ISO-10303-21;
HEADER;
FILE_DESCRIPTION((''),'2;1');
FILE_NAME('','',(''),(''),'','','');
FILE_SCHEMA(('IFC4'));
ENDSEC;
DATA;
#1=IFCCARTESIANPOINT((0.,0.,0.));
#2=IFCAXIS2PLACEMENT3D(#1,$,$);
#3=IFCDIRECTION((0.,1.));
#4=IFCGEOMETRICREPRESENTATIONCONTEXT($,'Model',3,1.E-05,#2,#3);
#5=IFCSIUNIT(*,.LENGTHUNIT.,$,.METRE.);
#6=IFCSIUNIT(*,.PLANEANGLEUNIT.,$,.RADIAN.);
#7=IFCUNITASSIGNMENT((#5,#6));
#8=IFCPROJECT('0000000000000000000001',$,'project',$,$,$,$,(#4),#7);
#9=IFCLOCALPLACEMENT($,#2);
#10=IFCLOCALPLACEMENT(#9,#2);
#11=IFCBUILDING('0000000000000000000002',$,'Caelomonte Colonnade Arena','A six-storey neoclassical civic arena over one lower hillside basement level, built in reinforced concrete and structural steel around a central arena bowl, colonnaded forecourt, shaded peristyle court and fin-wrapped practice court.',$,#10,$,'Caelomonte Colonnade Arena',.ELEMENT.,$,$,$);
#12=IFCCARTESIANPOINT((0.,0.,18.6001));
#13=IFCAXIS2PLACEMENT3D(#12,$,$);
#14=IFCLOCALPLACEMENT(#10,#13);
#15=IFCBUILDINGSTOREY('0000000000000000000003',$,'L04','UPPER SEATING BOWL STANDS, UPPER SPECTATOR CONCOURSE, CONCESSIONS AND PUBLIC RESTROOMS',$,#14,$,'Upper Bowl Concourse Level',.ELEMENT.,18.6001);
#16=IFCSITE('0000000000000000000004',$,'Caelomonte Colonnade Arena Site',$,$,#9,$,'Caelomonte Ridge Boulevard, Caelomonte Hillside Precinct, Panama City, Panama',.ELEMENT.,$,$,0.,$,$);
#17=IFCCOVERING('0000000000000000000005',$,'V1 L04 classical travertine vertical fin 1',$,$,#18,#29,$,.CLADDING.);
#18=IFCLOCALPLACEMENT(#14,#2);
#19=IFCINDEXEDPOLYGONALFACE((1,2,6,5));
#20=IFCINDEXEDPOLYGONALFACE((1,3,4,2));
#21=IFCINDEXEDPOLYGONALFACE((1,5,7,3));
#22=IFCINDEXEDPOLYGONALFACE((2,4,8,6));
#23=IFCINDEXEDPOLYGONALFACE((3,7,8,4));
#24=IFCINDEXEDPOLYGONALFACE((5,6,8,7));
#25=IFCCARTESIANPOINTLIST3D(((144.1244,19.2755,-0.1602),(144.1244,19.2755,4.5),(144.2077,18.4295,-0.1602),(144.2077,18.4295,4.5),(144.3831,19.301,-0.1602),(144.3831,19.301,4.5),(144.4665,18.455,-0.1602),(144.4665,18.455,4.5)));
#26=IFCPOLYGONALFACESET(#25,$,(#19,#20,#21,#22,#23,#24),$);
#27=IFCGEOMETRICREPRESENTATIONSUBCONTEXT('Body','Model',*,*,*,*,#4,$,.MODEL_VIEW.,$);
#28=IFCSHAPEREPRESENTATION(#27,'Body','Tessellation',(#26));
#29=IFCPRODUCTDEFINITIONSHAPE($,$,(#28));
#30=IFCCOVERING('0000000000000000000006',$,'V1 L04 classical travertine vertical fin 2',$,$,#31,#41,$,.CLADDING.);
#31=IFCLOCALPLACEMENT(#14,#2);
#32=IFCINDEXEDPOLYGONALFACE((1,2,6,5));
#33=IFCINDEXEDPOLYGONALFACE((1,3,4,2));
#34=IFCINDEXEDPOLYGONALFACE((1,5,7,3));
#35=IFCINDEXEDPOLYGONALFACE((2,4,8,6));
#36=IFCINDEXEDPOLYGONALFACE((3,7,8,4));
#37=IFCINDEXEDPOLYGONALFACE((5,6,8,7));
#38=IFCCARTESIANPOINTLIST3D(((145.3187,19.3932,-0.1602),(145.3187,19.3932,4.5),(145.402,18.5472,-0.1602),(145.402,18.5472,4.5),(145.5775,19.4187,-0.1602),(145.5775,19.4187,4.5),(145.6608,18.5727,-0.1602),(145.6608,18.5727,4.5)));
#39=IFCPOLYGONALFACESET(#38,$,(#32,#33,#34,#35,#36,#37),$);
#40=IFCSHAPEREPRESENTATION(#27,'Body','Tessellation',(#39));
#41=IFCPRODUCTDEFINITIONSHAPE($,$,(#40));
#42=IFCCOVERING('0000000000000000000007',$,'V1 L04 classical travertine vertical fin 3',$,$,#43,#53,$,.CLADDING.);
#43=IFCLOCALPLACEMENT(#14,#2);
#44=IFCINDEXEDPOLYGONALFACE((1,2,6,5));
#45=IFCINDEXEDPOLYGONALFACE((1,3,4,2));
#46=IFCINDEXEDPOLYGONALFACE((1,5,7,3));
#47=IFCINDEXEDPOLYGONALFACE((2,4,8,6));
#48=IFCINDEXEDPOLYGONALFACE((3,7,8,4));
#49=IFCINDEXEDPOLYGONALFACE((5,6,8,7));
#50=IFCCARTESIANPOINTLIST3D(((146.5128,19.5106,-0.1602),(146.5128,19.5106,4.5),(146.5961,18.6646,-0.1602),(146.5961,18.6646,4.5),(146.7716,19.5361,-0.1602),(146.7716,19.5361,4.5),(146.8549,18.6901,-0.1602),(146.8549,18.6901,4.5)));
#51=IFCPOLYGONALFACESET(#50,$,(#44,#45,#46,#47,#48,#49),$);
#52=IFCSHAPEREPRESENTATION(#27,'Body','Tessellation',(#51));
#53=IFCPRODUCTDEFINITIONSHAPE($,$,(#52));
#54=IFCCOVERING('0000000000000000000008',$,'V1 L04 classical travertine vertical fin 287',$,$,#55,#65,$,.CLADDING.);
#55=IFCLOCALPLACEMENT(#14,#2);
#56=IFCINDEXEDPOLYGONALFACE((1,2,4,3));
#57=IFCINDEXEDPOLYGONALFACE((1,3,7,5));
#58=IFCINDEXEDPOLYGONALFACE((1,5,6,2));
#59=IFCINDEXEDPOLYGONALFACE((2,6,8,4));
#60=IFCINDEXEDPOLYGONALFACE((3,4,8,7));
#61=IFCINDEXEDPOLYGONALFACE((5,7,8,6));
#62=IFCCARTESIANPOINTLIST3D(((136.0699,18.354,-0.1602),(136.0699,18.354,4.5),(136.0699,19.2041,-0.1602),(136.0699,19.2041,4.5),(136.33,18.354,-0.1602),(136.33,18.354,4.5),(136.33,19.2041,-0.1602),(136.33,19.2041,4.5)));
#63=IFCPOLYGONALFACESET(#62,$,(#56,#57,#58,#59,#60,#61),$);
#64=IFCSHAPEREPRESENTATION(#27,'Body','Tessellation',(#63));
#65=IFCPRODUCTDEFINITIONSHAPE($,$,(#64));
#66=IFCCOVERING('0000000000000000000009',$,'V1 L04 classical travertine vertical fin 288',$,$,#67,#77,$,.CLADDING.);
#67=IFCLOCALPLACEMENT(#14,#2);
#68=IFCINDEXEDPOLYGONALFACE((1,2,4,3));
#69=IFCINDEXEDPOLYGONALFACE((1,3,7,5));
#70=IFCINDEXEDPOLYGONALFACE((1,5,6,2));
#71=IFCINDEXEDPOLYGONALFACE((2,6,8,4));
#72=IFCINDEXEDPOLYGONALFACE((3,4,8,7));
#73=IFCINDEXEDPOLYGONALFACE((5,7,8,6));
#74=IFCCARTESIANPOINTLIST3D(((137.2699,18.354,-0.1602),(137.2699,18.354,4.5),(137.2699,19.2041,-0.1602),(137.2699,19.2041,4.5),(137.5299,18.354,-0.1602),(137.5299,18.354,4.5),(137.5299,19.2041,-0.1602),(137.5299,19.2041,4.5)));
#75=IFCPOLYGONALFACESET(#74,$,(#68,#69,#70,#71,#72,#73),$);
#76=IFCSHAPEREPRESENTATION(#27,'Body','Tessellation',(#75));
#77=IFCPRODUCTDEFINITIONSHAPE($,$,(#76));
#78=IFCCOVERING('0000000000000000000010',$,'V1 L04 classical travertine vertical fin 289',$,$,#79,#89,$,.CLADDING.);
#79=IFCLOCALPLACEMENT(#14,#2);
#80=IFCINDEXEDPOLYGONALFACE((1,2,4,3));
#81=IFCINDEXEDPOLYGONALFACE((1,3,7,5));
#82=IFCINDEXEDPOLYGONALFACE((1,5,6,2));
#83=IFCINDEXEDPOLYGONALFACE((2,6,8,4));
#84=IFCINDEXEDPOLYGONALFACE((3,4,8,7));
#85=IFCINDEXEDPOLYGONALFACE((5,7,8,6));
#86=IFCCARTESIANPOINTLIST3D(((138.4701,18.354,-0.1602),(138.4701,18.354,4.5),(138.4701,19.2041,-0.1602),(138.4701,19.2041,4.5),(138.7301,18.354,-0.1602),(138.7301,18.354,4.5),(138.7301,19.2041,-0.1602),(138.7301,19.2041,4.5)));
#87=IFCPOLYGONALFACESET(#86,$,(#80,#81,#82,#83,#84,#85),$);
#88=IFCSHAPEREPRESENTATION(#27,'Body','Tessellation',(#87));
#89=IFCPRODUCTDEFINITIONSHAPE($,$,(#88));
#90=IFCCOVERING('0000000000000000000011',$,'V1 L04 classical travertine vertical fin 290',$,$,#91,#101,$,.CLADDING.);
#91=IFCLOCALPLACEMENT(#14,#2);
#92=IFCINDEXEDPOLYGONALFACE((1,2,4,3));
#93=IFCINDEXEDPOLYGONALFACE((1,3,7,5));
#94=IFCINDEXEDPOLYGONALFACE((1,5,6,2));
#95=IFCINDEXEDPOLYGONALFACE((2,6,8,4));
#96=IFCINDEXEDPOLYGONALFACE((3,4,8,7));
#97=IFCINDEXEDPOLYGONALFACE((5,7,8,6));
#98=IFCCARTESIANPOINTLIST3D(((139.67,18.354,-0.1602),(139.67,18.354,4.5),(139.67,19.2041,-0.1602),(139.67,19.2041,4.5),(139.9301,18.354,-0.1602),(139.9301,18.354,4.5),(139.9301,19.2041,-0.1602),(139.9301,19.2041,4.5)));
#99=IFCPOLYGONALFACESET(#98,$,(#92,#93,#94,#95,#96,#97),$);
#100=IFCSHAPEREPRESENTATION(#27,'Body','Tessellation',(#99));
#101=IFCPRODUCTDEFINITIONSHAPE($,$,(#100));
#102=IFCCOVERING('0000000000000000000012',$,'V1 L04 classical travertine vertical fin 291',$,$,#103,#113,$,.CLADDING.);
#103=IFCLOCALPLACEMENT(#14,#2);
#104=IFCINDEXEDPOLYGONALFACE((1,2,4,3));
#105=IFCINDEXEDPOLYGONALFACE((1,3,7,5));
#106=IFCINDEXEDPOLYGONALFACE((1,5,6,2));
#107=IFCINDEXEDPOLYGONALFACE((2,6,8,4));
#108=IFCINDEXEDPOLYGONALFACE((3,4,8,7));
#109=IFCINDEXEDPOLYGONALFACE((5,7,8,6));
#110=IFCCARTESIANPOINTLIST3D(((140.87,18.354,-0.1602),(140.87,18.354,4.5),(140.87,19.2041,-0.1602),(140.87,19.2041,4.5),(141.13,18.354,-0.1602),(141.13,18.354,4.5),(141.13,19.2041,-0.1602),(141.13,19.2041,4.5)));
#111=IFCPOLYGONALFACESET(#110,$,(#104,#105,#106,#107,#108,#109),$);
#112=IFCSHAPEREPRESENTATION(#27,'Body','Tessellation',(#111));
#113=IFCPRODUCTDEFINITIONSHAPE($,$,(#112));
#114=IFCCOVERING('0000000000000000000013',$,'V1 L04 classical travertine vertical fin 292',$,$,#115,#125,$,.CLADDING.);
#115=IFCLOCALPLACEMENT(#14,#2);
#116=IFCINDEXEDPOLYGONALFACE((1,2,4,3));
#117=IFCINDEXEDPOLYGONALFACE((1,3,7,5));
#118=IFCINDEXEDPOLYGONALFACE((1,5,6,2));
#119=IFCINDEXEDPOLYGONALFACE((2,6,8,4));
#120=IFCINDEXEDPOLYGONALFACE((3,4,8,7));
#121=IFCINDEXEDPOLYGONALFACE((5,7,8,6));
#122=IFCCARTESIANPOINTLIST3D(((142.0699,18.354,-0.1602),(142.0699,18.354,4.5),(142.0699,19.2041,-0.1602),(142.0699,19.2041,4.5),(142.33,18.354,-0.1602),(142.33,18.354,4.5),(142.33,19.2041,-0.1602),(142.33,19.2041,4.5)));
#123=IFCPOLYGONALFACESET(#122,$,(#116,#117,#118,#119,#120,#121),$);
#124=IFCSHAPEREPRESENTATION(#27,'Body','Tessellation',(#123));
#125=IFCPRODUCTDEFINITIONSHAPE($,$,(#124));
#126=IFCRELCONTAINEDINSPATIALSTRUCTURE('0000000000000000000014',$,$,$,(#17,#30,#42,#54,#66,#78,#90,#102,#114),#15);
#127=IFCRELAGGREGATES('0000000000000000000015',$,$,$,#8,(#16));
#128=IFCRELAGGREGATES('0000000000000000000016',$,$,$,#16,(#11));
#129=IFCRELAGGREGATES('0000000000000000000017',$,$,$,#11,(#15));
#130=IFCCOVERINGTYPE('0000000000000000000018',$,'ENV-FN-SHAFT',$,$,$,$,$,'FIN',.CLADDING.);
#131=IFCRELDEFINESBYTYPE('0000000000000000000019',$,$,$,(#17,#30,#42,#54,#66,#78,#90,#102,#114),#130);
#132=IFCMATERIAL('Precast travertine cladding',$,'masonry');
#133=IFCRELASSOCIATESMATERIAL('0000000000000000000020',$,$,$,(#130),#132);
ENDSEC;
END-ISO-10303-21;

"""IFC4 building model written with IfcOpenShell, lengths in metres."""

from ifc_helpers import new_model, si_unit, direction, frame, origin, origin_2d, place, context, subcontext, project, spatial, rectangle, extrude, material, material_profile, profile_set, type_object, element, save


model = new_model("IFC4")

# Units and contexts
model_context = context("Model", 3, precision=1e-05, world=origin(), true_north=direction((0.0, 1.0)))
body_context = subcontext(model_context, "Body", "Model", "MODEL_VIEW")
ifc_project = project(units=[si_unit("LENGTHUNIT", "METRE"), si_unit("PLANEANGLEUNIT", "RADIAN")], contexts=[model_context])

# Site, building, storey
site_placement = place(None, origin())
site = spatial("IfcSite", under=ifc_project, at=site_placement, Name="Caelomonte Colonnade Arena Site", LongName="Caelomonte Ridge Boulevard, Caelomonte Hillside Precinct, Panama City, Panama", CompositionType="ELEMENT", RefElevation=0.0)
building_placement = place(site_placement, origin())
building = spatial("IfcBuilding", under=site, at=building_placement, Name="Caelomonte Colonnade Arena", Description="A six-storey neoclassical civic arena over one lower hillside basement level, built in reinforced concrete and structural steel around a central arena bowl, colonnaded forecourt, shaded peristyle court and fin-wrapped practice court.", LongName="Caelomonte Colonnade Arena", CompositionType="ELEMENT")
storey_placement = place(building_placement, frame((0.0, 0.0, 18.6001)))
storey = spatial("IfcBuildingStorey", under=building, at=storey_placement, Name="L04", Description="UPPER SEATING BOWL STANDS, UPPER SPECTATOR CONCOURSE, CONCESSIONS AND PUBLIC RESTROOMS", LongName="Upper Bowl Concourse Level", CompositionType="ELEMENT", Elevation=18.6001)

# Coverings
ifc_material_1 = material(Name="Precast travertine cladding", Category="masonry")
ifc_material_profile_1 = material_profile(ifc_material_1, rectangle(XDim=0.26, YDim=0.8501, at=origin_2d()), Name="FIN260X850")
ifc_profile_set_1 = profile_set([ifc_material_profile_1], Name="Precast travertine cladding")
covering_type = type_object("IfcCoveringType", Name="ENV-FN-SHAFT", ElementType="FIN", PredefinedType="CLADDING", material=ifc_profile_set_1)
for number, where, z_axis, x_axis, name in (
    (1, (144.2954, 18.8652, -0.1602), (0.0, 0.0, 1.0), (-0.995185, -0.098015, 0.0), "V1 L04 classical travertine vertical fin 1"),
    (2, (145.4897, 18.9829, -0.1602), (0.0, 0.0, 1.0), (-0.995185, -0.098015, 0.0), "V1 L04 classical travertine vertical fin 2"),
    (3, (146.6838, 19.1003, -0.1602), (0.0, 0.0, 1.0), (-0.995185, -0.098015, 0.0), "V1 L04 classical travertine vertical fin 3"),
    (4, (136.2, 18.7791, -0.1602), (0.0, 0.0, 1.0), (-1.0, 0.0, 0.0), "V1 L04 classical travertine vertical fin 287"),
    (5, (137.3999, 18.7791, -0.1602), (0.0, 0.0, 1.0), (-1.0, 0.0, 0.0), "V1 L04 classical travertine vertical fin 288"),
    (6, (138.6001, 18.7791, -0.1602), (0.0, 0.0, 1.0), (-1.0, 0.0, 0.0), "V1 L04 classical travertine vertical fin 289"),
    (7, (139.8, 18.7791, -0.1602), (0.0, 0.0, 1.0), (-1.0, 0.0, 0.0), "V1 L04 classical travertine vertical fin 290"),
    (8, (141.0, 18.7791, -0.1602), (0.0, 0.0, 1.0), (-1.0, 0.0, 0.0), "V1 L04 classical travertine vertical fin 291"),
    (9, (142.2, 18.7791, -0.1602), (0.0, 0.0, 1.0), (-1.0, 0.0, 0.0), "V1 L04 classical travertine vertical fin 292"),
):
    element("IfcCovering", number, at=place(storey_placement, frame(where, z_axis=z_axis, x_axis=x_axis)), inside=storey, type_object=covering_type, Name=name, PredefinedType="CLADDING", context=body_context, shape_type="SweptSolid", body=[
        extrude(rectangle(XDim=0.26, YDim=0.8501, at=origin_2d()), origin(), (0.0, 0.0, 1.0), 4.6602),
    ])

save(model, "model.ifc")
